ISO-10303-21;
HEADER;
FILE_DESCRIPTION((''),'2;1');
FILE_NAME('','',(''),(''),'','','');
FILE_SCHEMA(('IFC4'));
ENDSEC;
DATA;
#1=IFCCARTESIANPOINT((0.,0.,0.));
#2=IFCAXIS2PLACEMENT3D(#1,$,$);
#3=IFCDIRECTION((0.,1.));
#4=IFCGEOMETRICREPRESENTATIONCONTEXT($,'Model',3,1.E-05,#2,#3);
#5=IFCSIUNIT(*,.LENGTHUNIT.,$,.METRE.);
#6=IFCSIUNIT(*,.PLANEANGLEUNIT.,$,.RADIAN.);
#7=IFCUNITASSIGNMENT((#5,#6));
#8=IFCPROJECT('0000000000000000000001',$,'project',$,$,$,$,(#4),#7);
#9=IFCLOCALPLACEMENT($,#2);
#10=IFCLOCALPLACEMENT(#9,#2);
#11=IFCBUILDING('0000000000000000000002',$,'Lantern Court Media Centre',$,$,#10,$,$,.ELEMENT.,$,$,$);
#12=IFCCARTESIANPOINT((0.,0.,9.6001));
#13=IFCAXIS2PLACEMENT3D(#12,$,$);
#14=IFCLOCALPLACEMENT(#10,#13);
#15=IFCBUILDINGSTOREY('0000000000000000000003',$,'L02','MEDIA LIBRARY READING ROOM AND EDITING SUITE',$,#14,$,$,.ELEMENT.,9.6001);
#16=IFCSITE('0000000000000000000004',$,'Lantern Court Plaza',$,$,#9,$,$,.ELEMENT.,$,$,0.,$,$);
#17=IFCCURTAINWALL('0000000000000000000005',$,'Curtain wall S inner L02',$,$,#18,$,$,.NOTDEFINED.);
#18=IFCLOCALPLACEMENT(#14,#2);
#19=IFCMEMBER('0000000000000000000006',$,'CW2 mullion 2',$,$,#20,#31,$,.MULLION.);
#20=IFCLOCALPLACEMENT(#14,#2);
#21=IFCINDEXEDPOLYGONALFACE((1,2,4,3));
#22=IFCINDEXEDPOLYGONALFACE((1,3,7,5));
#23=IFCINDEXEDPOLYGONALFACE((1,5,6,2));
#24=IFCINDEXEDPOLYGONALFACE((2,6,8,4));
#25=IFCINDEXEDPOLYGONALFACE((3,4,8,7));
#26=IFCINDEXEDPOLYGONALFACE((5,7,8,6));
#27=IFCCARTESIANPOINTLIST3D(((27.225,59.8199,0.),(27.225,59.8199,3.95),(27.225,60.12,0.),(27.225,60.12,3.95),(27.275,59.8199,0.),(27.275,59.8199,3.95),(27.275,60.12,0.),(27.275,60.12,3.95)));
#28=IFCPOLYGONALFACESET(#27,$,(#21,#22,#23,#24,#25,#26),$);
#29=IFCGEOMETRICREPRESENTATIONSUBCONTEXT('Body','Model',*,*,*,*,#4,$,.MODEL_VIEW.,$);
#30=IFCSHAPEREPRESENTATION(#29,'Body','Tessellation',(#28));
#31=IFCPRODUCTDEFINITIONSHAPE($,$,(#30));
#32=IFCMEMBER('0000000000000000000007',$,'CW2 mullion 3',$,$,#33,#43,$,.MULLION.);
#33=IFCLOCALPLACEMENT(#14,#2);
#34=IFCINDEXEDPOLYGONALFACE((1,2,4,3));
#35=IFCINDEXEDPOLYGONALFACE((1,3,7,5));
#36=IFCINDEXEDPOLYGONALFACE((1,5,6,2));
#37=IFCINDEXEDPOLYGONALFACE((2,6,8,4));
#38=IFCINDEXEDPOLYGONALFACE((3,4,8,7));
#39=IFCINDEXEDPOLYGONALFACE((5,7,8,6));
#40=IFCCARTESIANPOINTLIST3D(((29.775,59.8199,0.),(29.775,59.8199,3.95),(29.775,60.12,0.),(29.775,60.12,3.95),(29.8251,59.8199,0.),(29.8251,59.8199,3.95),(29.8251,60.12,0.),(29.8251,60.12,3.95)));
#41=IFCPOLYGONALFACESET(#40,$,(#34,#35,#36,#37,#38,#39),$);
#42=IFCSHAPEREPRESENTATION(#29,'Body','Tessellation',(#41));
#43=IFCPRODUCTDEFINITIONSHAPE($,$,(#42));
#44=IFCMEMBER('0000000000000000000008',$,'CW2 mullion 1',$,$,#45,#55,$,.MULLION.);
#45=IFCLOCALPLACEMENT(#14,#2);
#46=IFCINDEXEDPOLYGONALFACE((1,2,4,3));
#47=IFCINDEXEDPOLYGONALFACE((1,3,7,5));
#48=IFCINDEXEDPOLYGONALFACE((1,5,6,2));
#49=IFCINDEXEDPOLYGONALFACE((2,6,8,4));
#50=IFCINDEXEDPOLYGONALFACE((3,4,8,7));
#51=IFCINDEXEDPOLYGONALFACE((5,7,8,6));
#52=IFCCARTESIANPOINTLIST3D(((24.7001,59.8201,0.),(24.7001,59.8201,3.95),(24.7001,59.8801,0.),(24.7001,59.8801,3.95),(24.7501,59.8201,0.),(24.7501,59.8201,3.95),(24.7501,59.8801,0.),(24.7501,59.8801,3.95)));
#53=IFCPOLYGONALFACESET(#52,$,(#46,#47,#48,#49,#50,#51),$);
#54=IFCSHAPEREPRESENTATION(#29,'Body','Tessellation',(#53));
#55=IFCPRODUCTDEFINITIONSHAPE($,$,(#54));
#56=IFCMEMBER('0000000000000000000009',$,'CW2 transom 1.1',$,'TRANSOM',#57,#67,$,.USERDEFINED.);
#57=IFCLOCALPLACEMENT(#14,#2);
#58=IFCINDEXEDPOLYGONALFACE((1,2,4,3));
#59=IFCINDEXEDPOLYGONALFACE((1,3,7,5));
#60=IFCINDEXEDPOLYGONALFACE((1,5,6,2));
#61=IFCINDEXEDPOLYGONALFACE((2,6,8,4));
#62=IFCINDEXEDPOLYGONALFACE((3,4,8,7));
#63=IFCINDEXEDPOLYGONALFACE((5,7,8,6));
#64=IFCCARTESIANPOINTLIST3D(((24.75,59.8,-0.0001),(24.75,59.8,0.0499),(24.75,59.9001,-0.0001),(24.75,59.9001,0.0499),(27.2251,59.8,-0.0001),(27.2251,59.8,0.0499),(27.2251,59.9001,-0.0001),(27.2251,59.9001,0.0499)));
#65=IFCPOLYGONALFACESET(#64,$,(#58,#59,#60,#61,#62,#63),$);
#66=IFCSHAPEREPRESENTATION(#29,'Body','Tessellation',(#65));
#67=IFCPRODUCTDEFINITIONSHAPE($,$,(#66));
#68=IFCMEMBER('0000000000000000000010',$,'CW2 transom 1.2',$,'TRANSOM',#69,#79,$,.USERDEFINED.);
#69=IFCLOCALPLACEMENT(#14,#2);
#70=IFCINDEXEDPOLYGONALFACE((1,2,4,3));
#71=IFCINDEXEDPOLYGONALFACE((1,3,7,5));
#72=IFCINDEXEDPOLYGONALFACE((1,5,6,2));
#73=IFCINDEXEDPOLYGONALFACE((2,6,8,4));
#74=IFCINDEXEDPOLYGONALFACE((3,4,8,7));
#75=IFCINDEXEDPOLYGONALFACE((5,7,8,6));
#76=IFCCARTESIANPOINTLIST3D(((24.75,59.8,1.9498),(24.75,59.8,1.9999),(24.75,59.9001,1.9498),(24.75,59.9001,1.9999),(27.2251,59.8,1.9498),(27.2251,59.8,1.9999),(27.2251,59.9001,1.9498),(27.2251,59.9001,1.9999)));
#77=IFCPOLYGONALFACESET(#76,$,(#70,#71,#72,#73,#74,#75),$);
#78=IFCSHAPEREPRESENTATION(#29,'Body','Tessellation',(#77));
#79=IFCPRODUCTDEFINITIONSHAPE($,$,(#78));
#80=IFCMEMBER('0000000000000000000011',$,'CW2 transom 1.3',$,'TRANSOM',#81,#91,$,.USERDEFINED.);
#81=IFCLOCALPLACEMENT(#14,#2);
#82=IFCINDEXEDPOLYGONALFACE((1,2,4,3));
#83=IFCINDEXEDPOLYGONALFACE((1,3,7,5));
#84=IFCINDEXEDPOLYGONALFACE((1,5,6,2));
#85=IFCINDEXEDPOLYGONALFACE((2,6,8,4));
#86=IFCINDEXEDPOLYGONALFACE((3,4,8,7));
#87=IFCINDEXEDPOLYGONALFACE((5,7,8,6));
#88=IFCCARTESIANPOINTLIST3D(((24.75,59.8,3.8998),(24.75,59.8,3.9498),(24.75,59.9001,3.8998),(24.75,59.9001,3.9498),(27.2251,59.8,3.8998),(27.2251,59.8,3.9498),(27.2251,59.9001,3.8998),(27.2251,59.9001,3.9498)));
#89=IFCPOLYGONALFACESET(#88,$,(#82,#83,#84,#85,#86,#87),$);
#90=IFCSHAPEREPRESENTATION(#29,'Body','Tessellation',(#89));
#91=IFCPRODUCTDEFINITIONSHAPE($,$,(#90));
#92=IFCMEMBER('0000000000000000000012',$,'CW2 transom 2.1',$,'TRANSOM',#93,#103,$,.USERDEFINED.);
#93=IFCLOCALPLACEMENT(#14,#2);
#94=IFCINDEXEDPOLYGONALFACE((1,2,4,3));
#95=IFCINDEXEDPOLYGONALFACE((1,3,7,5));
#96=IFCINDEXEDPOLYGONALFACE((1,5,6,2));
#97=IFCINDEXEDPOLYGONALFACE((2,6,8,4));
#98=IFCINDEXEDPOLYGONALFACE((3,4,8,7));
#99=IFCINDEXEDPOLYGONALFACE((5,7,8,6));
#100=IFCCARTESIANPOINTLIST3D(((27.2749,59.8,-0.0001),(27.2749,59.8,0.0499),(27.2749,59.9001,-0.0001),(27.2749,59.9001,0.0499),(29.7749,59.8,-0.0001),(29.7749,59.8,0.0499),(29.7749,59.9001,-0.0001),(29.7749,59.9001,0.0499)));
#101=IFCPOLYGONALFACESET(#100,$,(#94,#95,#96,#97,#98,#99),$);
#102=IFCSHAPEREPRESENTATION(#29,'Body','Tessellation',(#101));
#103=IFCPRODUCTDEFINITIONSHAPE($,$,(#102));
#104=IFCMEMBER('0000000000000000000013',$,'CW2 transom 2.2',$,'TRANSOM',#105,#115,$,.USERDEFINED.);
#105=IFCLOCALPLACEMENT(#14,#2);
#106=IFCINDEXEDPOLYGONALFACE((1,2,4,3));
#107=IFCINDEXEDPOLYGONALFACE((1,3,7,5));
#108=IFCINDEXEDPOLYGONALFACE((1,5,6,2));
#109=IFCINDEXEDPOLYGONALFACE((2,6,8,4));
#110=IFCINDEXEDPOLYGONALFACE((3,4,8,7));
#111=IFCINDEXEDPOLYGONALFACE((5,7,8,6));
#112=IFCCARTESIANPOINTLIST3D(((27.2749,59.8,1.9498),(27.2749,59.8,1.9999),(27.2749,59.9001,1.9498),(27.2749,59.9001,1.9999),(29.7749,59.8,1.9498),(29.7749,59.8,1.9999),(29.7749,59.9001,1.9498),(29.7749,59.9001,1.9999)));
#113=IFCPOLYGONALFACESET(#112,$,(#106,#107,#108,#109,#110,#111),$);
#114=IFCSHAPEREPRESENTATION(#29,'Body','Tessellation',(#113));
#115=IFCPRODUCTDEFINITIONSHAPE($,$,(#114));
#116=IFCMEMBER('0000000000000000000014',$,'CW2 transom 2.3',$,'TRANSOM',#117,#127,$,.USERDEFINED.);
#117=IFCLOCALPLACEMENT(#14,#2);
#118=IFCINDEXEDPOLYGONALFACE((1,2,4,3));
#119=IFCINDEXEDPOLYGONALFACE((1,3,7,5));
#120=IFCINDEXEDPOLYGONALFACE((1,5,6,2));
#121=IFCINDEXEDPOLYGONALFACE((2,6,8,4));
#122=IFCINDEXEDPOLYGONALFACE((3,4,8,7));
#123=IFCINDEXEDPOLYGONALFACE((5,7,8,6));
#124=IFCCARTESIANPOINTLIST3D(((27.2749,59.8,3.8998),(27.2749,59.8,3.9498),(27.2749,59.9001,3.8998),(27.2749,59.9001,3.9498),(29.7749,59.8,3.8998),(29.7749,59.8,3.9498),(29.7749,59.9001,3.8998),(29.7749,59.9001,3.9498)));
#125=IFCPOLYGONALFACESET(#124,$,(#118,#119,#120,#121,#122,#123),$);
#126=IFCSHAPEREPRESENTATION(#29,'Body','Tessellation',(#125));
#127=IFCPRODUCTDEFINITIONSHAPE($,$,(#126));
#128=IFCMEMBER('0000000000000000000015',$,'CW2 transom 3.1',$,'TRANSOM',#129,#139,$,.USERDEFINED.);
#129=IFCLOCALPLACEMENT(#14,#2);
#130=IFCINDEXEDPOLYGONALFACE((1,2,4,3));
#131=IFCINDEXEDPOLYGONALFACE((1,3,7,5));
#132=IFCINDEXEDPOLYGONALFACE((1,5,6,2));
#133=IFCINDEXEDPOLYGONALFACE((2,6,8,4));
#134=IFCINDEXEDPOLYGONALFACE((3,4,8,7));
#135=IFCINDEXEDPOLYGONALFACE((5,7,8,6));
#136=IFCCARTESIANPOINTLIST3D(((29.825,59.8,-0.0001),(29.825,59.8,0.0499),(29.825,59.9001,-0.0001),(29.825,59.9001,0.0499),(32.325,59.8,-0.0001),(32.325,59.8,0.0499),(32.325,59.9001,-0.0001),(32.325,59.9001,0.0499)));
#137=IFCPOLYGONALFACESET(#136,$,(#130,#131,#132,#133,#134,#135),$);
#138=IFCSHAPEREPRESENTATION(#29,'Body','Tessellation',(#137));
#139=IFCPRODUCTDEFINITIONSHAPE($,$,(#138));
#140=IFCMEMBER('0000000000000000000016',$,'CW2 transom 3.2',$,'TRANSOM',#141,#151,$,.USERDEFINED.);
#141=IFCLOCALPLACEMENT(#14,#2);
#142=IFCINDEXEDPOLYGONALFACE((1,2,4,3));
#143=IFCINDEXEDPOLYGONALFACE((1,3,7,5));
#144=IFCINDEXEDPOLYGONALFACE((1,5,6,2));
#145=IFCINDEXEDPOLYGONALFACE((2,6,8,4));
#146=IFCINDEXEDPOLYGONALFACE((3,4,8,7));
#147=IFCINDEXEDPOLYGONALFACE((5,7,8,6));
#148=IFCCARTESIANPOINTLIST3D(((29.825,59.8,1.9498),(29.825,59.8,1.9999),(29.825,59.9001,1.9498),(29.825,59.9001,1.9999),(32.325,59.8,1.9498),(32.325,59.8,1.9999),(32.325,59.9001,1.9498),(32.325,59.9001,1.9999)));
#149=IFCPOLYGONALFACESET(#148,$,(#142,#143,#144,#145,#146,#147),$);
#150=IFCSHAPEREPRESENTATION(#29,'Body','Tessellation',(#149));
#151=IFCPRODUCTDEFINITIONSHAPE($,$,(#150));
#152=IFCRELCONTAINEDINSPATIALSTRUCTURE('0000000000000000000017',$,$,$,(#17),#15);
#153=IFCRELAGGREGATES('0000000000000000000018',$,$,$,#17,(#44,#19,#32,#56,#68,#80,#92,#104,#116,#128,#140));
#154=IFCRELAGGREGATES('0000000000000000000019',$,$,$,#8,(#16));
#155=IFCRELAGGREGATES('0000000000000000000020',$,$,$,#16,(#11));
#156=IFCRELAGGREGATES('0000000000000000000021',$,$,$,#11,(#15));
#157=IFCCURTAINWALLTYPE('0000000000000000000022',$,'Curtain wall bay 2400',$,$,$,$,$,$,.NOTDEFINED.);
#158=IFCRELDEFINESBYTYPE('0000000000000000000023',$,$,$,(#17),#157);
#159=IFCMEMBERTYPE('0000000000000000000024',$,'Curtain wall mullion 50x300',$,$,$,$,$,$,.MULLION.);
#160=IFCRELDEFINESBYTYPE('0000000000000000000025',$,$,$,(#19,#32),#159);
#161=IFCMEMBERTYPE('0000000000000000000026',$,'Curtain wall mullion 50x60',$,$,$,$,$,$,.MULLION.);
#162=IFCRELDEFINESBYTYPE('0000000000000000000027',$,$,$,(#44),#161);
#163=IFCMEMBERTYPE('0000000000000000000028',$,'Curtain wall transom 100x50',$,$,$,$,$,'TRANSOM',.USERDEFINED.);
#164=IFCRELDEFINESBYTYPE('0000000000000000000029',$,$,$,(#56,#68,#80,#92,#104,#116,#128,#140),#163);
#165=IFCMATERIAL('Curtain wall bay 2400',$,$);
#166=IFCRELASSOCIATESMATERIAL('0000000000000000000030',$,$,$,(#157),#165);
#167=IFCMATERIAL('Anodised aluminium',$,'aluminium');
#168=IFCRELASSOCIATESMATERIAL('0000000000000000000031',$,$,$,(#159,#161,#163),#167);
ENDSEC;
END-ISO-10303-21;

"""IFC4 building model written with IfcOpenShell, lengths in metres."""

from ifc_helpers import new_model, si_unit, direction, frame, origin, origin_2d, place, context, subcontext, project, spatial, rectangle, extrude, material, material_profile, profile_set, type_object, element, aggregate, save


model = new_model("IFC4")

# Units and contexts
model_context = context("Model", 3, precision=1e-05, world=origin(), true_north=direction((0.0, 1.0)))
body_context = subcontext(model_context, "Body", "Model", "MODEL_VIEW")
ifc_project = project(units=[si_unit("LENGTHUNIT", "METRE"), si_unit("PLANEANGLEUNIT", "RADIAN")], contexts=[model_context])

# Site, building, storey
site_placement = place(None, origin())
site = spatial("IfcSite", under=ifc_project, at=site_placement, Name="Lantern Court Plaza", CompositionType="ELEMENT", RefElevation=0.0)
building_placement = place(site_placement, origin())
building = spatial("IfcBuilding", under=site, at=building_placement, Name="Lantern Court Media Centre", CompositionType="ELEMENT")
storey_placement = place(building_placement, frame((0.0, 0.0, 9.6001)))
storey = spatial("IfcBuildingStorey", under=building, at=storey_placement, Name="L02", Description="MEDIA LIBRARY READING ROOM AND EDITING SUITE", CompositionType="ELEMENT", Elevation=9.6001)

# Curtain wall, members
ifc_material_1 = material(Name="Curtain wall bay 2400")
curtain_wall_type = type_object("IfcCurtainWallType", Name="Curtain wall bay 2400", PredefinedType="NOTDEFINED", material=ifc_material_1)
curtain_wall_placement = place(storey_placement, origin())
curtain_wall = element("IfcCurtainWall", 1, at=curtain_wall_placement, inside=storey, type_object=curtain_wall_type, Name="Curtain wall S inner L02", PredefinedType="NOTDEFINED")
ifc_material_2 = material(Name="Anodised aluminium", Category="aluminium")
ifc_material_profile_1 = material_profile(ifc_material_2, rectangle(XDim=0.3, YDim=0.05, at=origin_2d()), Name="AL 50x300")
ifc_profile_set_1 = profile_set([ifc_material_profile_1], Name="Anodised aluminium")
member_type_1 = type_object("IfcMemberType", Name="Curtain wall mullion 50x300", PredefinedType="MULLION", material=ifc_profile_set_1)
member_1_placement = place(storey_placement, frame((27.25, 59.97, 0.0), z_axis=(0.0, 0.0, 1.0), x_axis=(0.0, 1.0, 0.0)))
member_1 = element("IfcMember", 2, at=member_1_placement, type_object=member_type_1, Name="CW2 mullion 2", PredefinedType="MULLION", context=body_context, shape_type="SweptSolid", body=[
    extrude(rectangle(XDim=0.3, YDim=0.05, at=origin_2d()), origin(), (0.0, 0.0, 1.0), 3.95),
])
member_2_placement = place(storey_placement, frame((29.8, 59.97, 0.0), z_axis=(0.0, 0.0, 1.0), x_axis=(0.0, 1.0, 0.0)))
member_2 = element("IfcMember", 3, at=member_2_placement, type_object=member_type_1, Name="CW2 mullion 3", PredefinedType="MULLION", context=body_context, shape_type="SweptSolid", body=[
    extrude(rectangle(XDim=0.3, YDim=0.05, at=origin_2d()), origin(), (0.0, 0.0, 1.0), 3.95),
])
ifc_material_profile_2 = material_profile(ifc_material_2, rectangle(XDim=0.0601, YDim=0.05, at=origin_2d()), Name="AL 50x60")
ifc_profile_set_2 = profile_set([ifc_material_profile_2], Name="Anodised aluminium")
member_type_2 = type_object("IfcMemberType", Name="Curtain wall mullion 50x60", PredefinedType="MULLION", material=ifc_profile_set_2)
member_3_placement = place(storey_placement, frame((24.7251, 59.8501, 0.0), z_axis=(0.0, 0.0, 1.0), x_axis=(0.0, 1.0, 0.0)))
member_3 = element("IfcMember", 4, at=member_3_placement, type_object=member_type_2, Name="CW2 mullion 1", PredefinedType="MULLION", context=body_context, shape_type="SweptSolid", body=[
    extrude(rectangle(XDim=0.0601, YDim=0.05, at=origin_2d()), origin(), (0.0, 0.0, 1.0), 3.95),
])
ifc_material_profile_3 = material_profile(ifc_material_2, rectangle(XDim=0.1001, YDim=0.05, at=origin_2d()), Name="AL 50x100")
ifc_profile_set_3 = profile_set([ifc_material_profile_3], Name="Anodised aluminium")
member_type_3 = type_object("IfcMemberType", Name="Curtain wall transom 100x50", ElementType="TRANSOM", PredefinedType="USERDEFINED", material=ifc_profile_set_3)
member_4_placement = place(storey_placement, frame((24.75, 59.8501, 0.0249), z_axis=(1.0, 0.0, 0.0), x_axis=(0.0, 1.0, 0.0)))
member_4 = element("IfcMember", 5, at=member_4_placement, type_object=member_type_3, Name="CW2 transom 1.1", ObjectType="TRANSOM", PredefinedType="USERDEFINED", context=body_context, shape_type="SweptSolid", body=[
    extrude(rectangle(XDim=0.1001, YDim=0.05, at=origin_2d()), origin(), (0.0, 0.0, 1.0), 2.4751),
])
member_5_placement = place(storey_placement, frame((24.75, 59.8501, 1.9749), z_axis=(1.0, 0.0, 0.0), x_axis=(0.0, 1.0, 0.0)))
member_5 = element("IfcMember", 6, at=member_5_placement, type_object=member_type_3, Name="CW2 transom 1.2", ObjectType="TRANSOM", PredefinedType="USERDEFINED", context=body_context, shape_type="SweptSolid", body=[
    extrude(rectangle(XDim=0.1001, YDim=0.05, at=origin_2d()), origin(), (0.0, 0.0, 1.0), 2.4751),
])
member_6_placement = place(storey_placement, frame((24.75, 59.8501, 3.9248), z_axis=(1.0, 0.0, 0.0), x_axis=(0.0, 1.0, 0.0)))
member_6 = element("IfcMember", 7, at=member_6_placement, type_object=member_type_3, Name="CW2 transom 1.3", ObjectType="TRANSOM", PredefinedType="USERDEFINED", context=body_context, shape_type="SweptSolid", body=[
    extrude(rectangle(XDim=0.1001, YDim=0.05, at=origin_2d()), origin(), (0.0, 0.0, 1.0), 2.4751),
])
member_7_placement = place(storey_placement, frame((27.2749, 59.8501, 0.0249), z_axis=(1.0, 0.0, 0.0), x_axis=(0.0, 1.0, 0.0)))
member_7 = element("IfcMember", 8, at=member_7_placement, type_object=member_type_3, Name="CW2 transom 2.1", ObjectType="TRANSOM", PredefinedType="USERDEFINED", context=body_context, shape_type="SweptSolid", body=[
    extrude(rectangle(XDim=0.1001, YDim=0.05, at=origin_2d()), origin(), (0.0, 0.0, 1.0), 2.5),
])
member_8_placement = place(storey_placement, frame((27.2749, 59.8501, 1.9749), z_axis=(1.0, 0.0, 0.0), x_axis=(0.0, 1.0, 0.0)))
member_8 = element("IfcMember", 9, at=member_8_placement, type_object=member_type_3, Name="CW2 transom 2.2", ObjectType="TRANSOM", PredefinedType="USERDEFINED", context=body_context, shape_type="SweptSolid", body=[
    extrude(rectangle(XDim=0.1001, YDim=0.05, at=origin_2d()), origin(), (0.0, 0.0, 1.0), 2.5),
])
member_9_placement = place(storey_placement, frame((27.2749, 59.8501, 3.9248), z_axis=(1.0, 0.0, 0.0), x_axis=(0.0, 1.0, 0.0)))
member_9 = element("IfcMember", 10, at=member_9_placement, type_object=member_type_3, Name="CW2 transom 2.3", ObjectType="TRANSOM", PredefinedType="USERDEFINED", context=body_context, shape_type="SweptSolid", body=[
    extrude(rectangle(XDim=0.1001, YDim=0.05, at=origin_2d()), origin(), (0.0, 0.0, 1.0), 2.5),
])
member_10_placement = place(storey_placement, frame((29.825, 59.8501, 0.0249), z_axis=(1.0, 0.0, 0.0), x_axis=(0.0, 1.0, 0.0)))
member_10 = element("IfcMember", 11, at=member_10_placement, type_object=member_type_3, Name="CW2 transom 3.1", ObjectType="TRANSOM", PredefinedType="USERDEFINED", context=body_context, shape_type="SweptSolid", body=[
    extrude(rectangle(XDim=0.1001, YDim=0.05, at=origin_2d()), origin(), (0.0, 0.0, 1.0), 2.5),
])
member_11_placement = place(storey_placement, frame((29.825, 59.8501, 1.9749), z_axis=(1.0, 0.0, 0.0), x_axis=(0.0, 1.0, 0.0)))
member_11 = element("IfcMember", 12, at=member_11_placement, type_object=member_type_3, Name="CW2 transom 3.2", ObjectType="TRANSOM", PredefinedType="USERDEFINED", context=body_context, shape_type="SweptSolid", body=[
    extrude(rectangle(XDim=0.1001, YDim=0.05, at=origin_2d()), origin(), (0.0, 0.0, 1.0), 2.5),
])

aggregate(curtain_wall, [member_3, member_1, member_2, member_4, member_5, member_6, member_7, member_8, member_9, member_10, member_11])

save(model, "model.ifc")
